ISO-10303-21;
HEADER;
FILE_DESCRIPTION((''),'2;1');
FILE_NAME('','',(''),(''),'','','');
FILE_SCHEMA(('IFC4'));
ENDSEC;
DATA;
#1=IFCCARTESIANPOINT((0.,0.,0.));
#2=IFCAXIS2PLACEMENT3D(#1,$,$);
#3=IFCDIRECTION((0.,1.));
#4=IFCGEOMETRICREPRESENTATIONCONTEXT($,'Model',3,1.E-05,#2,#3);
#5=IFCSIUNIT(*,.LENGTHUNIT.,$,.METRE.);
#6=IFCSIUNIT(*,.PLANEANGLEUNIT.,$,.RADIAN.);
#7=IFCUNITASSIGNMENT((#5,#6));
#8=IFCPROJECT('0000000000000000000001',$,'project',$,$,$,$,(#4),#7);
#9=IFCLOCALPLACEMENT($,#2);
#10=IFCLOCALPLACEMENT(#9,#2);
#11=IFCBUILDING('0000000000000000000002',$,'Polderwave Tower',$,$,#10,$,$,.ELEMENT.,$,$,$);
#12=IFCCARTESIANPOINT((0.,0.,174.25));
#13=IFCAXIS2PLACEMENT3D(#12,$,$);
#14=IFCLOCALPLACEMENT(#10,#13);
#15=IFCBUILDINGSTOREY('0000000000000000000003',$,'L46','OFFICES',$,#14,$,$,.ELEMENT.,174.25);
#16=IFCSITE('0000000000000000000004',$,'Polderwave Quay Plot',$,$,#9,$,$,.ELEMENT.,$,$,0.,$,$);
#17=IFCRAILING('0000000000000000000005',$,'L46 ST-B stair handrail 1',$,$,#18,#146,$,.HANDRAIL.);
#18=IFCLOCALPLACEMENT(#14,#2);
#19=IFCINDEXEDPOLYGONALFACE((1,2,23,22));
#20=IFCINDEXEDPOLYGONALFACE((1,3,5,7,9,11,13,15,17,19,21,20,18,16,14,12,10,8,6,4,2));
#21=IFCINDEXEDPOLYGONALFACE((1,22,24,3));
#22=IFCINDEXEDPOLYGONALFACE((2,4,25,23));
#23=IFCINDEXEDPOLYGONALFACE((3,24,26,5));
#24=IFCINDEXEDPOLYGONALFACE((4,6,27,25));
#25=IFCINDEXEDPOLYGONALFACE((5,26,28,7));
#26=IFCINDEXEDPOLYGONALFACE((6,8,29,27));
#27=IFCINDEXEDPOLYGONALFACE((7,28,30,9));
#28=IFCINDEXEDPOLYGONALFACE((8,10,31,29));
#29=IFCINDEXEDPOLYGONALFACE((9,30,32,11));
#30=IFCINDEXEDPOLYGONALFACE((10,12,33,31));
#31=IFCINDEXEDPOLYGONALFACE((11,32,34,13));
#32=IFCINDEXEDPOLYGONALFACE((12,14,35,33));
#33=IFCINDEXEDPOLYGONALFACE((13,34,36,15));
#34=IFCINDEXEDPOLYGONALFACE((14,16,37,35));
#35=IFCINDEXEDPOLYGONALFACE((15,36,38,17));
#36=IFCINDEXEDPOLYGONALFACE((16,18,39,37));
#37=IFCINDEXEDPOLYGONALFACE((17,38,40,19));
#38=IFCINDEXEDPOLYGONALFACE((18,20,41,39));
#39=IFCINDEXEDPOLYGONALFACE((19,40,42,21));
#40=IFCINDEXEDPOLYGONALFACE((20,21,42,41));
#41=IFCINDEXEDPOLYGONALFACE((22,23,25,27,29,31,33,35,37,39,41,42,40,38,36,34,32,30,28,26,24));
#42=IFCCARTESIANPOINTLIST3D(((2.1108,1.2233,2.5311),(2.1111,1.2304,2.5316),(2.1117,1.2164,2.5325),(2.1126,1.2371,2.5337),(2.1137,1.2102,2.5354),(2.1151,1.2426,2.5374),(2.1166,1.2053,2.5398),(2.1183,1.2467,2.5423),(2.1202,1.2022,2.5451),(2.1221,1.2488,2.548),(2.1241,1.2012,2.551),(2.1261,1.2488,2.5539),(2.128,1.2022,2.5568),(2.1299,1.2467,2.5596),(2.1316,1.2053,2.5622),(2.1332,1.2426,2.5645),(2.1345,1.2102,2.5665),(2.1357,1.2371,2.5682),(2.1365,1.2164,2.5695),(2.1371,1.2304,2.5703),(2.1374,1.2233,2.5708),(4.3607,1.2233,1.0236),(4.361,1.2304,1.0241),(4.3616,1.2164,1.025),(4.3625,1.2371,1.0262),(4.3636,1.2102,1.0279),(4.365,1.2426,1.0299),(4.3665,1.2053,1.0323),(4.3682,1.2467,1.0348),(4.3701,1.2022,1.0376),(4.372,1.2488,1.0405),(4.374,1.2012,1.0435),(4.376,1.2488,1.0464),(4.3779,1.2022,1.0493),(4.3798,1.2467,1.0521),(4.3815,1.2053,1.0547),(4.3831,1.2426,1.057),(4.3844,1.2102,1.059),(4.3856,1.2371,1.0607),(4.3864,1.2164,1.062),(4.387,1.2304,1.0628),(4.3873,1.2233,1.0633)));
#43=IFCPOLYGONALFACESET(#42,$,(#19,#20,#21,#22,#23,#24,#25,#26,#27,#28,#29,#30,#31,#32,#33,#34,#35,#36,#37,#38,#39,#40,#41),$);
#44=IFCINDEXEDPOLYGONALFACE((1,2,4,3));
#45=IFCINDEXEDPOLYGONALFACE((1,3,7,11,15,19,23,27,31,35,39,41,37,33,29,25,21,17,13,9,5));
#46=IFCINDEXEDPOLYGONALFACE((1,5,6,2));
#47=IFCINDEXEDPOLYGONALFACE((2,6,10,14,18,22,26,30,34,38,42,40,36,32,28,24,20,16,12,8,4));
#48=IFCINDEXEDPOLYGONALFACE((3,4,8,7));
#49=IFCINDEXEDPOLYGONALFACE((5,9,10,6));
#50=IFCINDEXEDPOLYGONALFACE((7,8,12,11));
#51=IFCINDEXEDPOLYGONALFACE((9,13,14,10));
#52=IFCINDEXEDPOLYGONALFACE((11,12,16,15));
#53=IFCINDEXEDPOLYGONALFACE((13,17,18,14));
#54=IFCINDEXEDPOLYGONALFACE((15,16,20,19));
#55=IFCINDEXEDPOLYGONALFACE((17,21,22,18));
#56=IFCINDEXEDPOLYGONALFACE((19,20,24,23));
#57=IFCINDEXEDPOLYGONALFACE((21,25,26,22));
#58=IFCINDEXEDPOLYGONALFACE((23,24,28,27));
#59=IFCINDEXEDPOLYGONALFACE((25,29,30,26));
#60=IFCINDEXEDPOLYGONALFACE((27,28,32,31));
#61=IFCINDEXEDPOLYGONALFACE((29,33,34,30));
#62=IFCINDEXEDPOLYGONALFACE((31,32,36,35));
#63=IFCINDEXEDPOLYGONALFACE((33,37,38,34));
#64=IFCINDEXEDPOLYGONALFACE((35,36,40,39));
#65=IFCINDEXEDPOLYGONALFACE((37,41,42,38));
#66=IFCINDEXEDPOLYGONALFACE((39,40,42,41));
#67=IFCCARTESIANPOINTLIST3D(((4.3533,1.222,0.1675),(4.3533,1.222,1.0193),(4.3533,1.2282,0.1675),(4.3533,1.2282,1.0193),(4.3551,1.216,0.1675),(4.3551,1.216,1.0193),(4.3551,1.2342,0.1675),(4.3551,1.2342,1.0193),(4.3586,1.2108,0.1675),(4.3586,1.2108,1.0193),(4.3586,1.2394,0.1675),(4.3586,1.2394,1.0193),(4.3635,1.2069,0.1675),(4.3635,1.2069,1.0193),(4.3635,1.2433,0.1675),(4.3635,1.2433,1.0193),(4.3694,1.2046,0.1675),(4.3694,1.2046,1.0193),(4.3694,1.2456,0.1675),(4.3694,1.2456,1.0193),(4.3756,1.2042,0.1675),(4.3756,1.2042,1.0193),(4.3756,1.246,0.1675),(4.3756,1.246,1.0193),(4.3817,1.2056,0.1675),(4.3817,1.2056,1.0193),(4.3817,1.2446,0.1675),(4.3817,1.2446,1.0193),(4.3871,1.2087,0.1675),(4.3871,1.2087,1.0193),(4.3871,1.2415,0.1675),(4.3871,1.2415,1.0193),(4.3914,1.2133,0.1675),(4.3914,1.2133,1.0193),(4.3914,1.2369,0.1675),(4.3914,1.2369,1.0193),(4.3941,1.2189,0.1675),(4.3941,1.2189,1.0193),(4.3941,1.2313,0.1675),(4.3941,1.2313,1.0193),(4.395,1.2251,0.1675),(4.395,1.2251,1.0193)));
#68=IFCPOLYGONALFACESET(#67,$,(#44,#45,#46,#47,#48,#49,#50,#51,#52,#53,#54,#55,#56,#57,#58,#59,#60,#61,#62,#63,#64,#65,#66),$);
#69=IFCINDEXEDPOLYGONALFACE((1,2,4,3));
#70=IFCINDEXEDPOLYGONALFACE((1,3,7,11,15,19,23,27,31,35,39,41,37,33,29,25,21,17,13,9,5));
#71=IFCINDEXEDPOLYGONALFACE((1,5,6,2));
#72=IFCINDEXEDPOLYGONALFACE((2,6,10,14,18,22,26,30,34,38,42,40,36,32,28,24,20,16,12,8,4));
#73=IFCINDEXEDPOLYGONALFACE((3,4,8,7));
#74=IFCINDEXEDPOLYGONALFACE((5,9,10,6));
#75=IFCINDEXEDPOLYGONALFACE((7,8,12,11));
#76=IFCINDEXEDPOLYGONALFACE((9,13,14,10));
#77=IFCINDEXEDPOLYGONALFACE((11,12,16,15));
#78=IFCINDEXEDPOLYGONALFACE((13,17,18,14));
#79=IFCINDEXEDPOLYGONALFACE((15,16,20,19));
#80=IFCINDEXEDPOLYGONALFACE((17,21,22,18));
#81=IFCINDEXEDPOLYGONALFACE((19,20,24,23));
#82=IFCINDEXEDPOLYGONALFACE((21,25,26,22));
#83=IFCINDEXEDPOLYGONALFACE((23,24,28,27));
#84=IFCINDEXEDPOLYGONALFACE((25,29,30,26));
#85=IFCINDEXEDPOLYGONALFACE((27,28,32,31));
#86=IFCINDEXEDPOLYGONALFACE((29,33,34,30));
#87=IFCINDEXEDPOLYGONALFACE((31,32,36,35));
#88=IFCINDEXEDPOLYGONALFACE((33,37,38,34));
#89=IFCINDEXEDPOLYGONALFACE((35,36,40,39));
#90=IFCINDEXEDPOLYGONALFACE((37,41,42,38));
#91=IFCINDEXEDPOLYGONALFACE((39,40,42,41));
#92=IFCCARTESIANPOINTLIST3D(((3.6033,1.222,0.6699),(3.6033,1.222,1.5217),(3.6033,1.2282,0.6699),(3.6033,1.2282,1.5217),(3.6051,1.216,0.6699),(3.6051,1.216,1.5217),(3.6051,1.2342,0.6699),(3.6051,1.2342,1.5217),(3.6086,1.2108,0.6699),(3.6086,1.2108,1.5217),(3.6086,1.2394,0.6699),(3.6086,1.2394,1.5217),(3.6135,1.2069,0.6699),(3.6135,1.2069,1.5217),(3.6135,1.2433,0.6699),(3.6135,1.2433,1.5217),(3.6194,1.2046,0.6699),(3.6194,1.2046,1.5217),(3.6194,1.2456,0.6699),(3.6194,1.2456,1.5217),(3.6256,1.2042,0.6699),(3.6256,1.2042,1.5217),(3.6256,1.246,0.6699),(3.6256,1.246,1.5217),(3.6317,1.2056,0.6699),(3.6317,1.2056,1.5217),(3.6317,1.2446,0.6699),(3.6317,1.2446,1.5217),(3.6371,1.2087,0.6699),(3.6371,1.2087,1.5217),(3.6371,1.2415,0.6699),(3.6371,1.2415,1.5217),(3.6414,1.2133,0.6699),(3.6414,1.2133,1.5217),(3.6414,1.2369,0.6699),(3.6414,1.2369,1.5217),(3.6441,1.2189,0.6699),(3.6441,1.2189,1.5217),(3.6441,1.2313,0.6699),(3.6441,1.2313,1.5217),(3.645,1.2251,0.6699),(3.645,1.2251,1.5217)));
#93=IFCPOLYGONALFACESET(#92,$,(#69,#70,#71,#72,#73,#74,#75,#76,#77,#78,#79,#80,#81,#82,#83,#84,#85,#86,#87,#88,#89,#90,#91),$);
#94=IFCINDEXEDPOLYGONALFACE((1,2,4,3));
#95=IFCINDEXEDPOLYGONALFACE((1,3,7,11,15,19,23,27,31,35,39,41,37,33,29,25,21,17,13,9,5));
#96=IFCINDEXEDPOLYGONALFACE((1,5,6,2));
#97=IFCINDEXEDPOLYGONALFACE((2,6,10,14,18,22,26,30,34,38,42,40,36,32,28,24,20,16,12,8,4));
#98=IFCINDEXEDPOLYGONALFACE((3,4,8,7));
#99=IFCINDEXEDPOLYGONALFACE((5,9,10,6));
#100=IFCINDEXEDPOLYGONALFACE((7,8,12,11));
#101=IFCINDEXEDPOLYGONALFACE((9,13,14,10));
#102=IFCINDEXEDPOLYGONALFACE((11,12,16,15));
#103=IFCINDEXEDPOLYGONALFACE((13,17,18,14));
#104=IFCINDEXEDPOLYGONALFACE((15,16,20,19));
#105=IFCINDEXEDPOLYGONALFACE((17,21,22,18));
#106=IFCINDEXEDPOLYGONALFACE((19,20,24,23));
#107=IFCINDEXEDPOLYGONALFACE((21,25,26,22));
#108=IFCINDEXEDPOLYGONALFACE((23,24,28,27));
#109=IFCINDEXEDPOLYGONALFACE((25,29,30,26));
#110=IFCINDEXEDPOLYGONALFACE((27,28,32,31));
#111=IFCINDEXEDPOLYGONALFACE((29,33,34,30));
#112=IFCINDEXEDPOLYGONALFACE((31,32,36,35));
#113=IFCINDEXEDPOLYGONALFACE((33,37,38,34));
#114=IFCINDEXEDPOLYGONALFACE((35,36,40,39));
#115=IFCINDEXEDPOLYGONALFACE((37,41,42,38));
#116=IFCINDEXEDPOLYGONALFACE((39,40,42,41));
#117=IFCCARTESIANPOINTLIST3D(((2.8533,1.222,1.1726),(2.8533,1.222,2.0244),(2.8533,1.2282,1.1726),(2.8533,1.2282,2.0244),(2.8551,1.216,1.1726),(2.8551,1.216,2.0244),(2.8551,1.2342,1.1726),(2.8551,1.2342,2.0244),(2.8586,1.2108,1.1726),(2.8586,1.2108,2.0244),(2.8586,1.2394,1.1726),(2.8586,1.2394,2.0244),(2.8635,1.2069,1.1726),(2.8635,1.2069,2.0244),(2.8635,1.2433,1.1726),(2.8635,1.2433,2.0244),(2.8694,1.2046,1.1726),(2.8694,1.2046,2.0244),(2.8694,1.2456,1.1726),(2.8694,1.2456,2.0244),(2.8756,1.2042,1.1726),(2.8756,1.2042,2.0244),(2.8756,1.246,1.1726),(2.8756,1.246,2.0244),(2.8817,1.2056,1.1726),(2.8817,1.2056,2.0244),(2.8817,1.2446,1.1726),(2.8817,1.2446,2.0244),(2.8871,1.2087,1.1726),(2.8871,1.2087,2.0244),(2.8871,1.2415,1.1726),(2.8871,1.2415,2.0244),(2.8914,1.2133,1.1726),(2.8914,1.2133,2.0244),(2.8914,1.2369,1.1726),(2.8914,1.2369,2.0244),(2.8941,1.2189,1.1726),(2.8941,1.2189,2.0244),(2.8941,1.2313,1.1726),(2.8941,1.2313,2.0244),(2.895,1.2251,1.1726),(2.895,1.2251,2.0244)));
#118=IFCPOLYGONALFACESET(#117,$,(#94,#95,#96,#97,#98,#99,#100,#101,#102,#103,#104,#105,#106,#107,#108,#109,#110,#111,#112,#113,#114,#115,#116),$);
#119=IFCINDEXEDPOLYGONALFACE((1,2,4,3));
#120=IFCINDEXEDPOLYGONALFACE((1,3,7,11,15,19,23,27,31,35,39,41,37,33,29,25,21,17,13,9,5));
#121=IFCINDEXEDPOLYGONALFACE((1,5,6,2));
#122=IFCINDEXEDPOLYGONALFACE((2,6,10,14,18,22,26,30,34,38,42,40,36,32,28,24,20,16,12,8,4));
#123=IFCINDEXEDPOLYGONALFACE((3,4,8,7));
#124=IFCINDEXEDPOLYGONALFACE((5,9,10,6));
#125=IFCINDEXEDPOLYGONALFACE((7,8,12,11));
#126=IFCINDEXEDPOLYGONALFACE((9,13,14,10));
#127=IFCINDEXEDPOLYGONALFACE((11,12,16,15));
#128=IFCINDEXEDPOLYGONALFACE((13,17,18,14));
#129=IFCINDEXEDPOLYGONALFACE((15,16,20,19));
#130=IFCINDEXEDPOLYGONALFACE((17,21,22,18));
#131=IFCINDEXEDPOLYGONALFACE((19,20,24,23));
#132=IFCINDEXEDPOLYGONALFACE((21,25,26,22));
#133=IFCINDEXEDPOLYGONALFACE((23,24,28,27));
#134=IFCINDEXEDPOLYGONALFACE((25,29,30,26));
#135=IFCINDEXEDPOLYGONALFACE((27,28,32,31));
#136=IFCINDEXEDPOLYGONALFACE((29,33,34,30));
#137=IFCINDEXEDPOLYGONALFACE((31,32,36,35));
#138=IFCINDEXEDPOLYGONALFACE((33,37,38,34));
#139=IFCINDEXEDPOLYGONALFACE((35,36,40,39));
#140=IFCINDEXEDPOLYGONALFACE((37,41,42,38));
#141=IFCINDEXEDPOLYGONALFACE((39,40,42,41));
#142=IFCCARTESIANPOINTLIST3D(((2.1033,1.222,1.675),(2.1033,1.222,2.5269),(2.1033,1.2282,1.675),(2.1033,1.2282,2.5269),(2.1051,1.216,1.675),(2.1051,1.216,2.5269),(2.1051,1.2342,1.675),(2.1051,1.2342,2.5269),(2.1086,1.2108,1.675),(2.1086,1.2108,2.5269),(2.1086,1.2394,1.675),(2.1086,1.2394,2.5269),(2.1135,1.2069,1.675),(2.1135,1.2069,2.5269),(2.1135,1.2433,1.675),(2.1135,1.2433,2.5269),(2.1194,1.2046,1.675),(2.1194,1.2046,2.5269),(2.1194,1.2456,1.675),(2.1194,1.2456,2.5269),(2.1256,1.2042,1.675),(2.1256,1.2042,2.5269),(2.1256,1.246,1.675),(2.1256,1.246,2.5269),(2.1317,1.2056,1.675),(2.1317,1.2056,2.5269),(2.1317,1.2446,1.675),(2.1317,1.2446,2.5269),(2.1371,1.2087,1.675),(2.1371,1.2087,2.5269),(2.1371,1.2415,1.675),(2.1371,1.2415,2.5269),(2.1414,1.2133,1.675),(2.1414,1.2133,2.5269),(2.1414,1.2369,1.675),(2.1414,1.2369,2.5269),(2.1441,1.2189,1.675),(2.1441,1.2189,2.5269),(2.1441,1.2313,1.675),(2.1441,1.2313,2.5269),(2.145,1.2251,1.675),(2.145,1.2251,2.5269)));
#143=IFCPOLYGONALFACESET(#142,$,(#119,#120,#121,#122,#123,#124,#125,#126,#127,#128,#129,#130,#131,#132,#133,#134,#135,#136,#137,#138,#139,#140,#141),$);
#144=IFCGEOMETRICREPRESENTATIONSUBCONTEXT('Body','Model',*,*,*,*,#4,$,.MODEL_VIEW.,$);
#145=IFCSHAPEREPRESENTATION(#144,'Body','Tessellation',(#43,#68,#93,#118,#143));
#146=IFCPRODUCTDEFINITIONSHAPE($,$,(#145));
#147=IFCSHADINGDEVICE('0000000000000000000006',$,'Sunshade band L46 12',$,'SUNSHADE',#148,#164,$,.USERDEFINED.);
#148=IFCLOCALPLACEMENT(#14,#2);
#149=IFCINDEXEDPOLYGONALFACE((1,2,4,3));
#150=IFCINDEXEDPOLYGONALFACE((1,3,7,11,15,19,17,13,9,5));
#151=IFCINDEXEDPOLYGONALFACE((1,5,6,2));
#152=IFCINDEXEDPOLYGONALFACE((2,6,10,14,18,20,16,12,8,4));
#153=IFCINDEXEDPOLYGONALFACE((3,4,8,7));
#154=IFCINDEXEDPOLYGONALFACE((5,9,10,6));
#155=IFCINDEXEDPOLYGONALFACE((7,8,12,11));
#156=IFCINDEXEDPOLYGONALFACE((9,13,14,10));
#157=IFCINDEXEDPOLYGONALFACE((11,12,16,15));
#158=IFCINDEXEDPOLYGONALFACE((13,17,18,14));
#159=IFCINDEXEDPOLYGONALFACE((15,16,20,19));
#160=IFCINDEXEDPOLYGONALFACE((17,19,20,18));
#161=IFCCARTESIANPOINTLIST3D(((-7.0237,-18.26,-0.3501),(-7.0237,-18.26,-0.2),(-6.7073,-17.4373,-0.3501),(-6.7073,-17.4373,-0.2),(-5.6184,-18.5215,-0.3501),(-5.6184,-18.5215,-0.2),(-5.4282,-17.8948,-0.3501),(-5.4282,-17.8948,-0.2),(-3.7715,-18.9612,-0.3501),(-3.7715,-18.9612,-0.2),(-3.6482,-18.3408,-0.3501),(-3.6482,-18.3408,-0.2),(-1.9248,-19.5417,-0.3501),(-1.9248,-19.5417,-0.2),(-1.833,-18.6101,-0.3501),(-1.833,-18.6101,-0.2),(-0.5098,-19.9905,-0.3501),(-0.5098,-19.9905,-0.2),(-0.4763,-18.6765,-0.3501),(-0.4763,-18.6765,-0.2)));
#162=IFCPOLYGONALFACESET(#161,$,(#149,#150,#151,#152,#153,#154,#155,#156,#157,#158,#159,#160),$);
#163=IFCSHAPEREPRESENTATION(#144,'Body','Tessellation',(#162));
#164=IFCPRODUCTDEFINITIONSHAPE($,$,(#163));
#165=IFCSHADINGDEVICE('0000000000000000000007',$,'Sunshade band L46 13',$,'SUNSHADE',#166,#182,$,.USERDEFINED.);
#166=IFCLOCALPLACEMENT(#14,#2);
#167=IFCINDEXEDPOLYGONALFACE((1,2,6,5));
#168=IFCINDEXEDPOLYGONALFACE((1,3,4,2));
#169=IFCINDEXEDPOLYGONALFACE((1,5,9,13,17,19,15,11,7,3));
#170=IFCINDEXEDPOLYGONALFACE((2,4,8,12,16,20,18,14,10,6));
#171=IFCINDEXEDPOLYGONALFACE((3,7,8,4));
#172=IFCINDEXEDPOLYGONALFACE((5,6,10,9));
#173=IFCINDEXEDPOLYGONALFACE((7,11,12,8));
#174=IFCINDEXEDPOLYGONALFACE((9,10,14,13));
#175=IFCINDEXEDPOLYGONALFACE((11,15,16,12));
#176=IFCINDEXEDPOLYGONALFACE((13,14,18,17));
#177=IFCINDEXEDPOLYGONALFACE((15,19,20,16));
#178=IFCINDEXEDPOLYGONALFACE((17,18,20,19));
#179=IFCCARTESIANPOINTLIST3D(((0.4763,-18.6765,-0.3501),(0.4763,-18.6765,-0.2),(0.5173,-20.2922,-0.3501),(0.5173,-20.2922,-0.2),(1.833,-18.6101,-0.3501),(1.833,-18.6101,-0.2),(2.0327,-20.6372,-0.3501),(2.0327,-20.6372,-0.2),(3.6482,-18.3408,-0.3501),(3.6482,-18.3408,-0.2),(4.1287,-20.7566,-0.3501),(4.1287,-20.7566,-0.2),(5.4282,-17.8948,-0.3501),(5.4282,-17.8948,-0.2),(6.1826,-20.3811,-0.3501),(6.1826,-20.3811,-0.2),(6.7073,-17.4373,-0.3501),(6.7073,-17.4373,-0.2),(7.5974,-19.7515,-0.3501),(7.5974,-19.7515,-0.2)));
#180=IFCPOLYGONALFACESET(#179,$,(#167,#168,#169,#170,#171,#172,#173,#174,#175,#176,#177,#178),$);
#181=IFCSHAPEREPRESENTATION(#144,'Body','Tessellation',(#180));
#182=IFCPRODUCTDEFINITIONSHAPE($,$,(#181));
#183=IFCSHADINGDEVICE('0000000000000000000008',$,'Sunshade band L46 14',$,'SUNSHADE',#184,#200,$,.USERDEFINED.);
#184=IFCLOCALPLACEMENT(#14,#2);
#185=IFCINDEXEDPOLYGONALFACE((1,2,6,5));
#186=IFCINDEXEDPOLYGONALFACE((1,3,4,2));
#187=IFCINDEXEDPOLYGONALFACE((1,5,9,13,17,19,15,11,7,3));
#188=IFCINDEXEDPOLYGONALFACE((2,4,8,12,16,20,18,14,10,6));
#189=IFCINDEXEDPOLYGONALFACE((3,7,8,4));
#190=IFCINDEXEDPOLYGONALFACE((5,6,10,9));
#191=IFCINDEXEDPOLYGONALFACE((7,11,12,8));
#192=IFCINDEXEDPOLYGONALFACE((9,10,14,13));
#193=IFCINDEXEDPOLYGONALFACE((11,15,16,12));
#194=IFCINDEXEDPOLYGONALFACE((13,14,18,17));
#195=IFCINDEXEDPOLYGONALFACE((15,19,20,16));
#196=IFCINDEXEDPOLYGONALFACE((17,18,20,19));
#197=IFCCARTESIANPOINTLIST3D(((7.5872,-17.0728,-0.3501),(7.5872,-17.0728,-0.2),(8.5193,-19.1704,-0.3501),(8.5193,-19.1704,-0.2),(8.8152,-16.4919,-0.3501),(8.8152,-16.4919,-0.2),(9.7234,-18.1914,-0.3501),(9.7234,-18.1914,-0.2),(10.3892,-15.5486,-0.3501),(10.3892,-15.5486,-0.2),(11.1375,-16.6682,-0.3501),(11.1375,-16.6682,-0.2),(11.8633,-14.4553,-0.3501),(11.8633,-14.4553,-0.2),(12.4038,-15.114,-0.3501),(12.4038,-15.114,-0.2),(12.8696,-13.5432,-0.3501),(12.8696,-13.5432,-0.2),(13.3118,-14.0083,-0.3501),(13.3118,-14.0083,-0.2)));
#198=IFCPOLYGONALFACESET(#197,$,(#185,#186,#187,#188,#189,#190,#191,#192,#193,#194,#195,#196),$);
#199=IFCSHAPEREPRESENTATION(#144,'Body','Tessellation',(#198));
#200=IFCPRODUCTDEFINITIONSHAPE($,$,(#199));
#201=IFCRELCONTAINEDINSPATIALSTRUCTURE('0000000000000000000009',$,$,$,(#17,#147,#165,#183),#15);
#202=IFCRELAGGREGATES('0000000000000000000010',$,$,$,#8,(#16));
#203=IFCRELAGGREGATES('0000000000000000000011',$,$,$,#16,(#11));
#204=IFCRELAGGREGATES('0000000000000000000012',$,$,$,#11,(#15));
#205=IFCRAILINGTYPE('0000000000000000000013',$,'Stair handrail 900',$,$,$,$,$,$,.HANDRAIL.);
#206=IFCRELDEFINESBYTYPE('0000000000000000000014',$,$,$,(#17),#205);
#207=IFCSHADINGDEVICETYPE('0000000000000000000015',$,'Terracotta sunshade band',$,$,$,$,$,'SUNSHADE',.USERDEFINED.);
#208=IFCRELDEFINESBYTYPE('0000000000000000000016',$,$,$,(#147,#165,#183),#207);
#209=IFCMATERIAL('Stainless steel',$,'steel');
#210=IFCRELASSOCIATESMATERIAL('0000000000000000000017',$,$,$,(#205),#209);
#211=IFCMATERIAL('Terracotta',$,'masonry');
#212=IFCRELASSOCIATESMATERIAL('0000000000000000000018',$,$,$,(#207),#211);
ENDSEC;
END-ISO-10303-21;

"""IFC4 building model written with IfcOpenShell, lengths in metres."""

from ifc_helpers import new_model, si_unit, direction, frame, origin, origin_2d, place, context, subcontext, project, spatial, polyline, circle, outline, extrude, material, type_object, element, save


model = new_model("IFC4")

# Units and contexts
model_context = context("Model", 3, precision=1e-05, world=origin(), true_north=direction((0.0, 1.0)))
body_context = subcontext(model_context, "Body", "Model", "MODEL_VIEW")
ifc_project = project(units=[si_unit("LENGTHUNIT", "METRE"), si_unit("PLANEANGLEUNIT", "RADIAN")], contexts=[model_context])

# Site, building, storey
site_placement = place(None, origin())
site = spatial("IfcSite", under=ifc_project, at=site_placement, Name="Polderwave Quay Plot", CompositionType="ELEMENT", RefElevation=0.0)
building_placement = place(site_placement, origin())
building = spatial("IfcBuilding", under=site, at=building_placement, Name="Polderwave Tower", CompositionType="ELEMENT")
storey_placement = place(building_placement, frame((0.0, 0.0, 174.25)))
storey = spatial("IfcBuildingStorey", under=building, at=storey_placement, Name="L46", Description="OFFICES", CompositionType="ELEMENT", Elevation=174.25)

# Railing
ifc_material_1 = material(Name="Stainless steel", Category="steel")
railing_type_1 = type_object("IfcRailingType", Name="Stair handrail 900", PredefinedType="HANDRAIL", material=ifc_material_1)
railing_1_placement = place(storey_placement, frame((4.374, 1.2251, 0.1675)))
element("IfcRailing", 1, at=railing_1_placement, inside=storey, type_object=railing_type_1, Name="L46 ST-B stair handrail 1", PredefinedType="HANDRAIL", context=body_context, shape_type="SweptSolid", body=[
    extrude(circle(Radius=0.0239, at=origin_2d()), frame((0.0, 0.0, 0.876), z_axis=(-0.830758, 0.0, 0.556633), x_axis=(0.0, -1.0, 0.0)), (0.0, 0.0, 1.0), 2.7083),
    extrude(circle(Radius=0.021, at=origin_2d()), origin(), (0.0, 0.0, 1.0), 0.8518),
    extrude(circle(Radius=0.021, at=origin_2d()), frame((-0.75, 0.0, 0.5024)), (0.0, 0.0, 1.0), 0.8518),
    extrude(circle(Radius=0.021, at=origin_2d()), frame((-1.5, 0.0, 1.0051)), (0.0, 0.0, 1.0), 0.8518),
    extrude(circle(Radius=0.021, at=origin_2d()), frame((-2.25, 0.0, 1.5076)), (0.0, 0.0, 1.0), 0.8518),
])

# Shading devices
ifc_material_2 = material(Name="Terracotta", Category="masonry")
shading_device_type = type_object("IfcShadingDeviceType", Name="Terracotta sunshade band", ElementType="SUNSHADE", PredefinedType="USERDEFINED", material=ifc_material_2)
shading_device_1_placement = place(storey_placement, frame((0.0, 0.0, -0.3501)))
element("IfcShadingDevice", 2, at=shading_device_1_placement, inside=storey, type_object=shading_device_type, Name="Sunshade band L46 12", ObjectType="SUNSHADE", PredefinedType="USERDEFINED", context=body_context, shape_type="SweptSolid", body=[
    extrude(outline(polyline([(-6.7073, -17.4373), (-5.4282, -17.8948), (-3.6482, -18.3408), (-1.833, -18.6101), (-0.4763, -18.6765), (-0.5098, -19.9905), (-1.9248, -19.5417), (-3.7715, -18.9612), (-5.6184, -18.5215), (-7.0237, -18.26), (-6.7073, -17.4373)])), origin(), (0.0, 0.0, 1.0), 0.1501),
])
shading_device_2_placement = place(storey_placement, frame((0.0, 0.0, -0.3501)))
element("IfcShadingDevice", 3, at=shading_device_2_placement, inside=storey, type_object=shading_device_type, Name="Sunshade band L46 13", ObjectType="SUNSHADE", PredefinedType="USERDEFINED", context=body_context, shape_type="SweptSolid", body=[
    extrude(outline(polyline([(0.4763, -18.6765), (1.833, -18.6101), (3.6482, -18.3408), (5.4282, -17.8948), (6.7073, -17.4373), (7.5974, -19.7515), (6.1826, -20.3811), (4.1287, -20.7566), (2.0327, -20.6372), (0.5173, -20.2922), (0.4763, -18.6765)])), origin(), (0.0, 0.0, 1.0), 0.1501),
])
shading_device_3_placement = place(storey_placement, frame((0.0, 0.0, -0.3501)))
element("IfcShadingDevice", 4, at=shading_device_3_placement, inside=storey, type_object=shading_device_type, Name="Sunshade band L46 14", ObjectType="SUNSHADE", PredefinedType="USERDEFINED", context=body_context, shape_type="SweptSolid", body=[
    extrude(outline(polyline([(7.5872, -17.0728), (8.8152, -16.4919), (10.3892, -15.5486), (11.8633, -14.4553), (12.8696, -13.5432), (13.3118, -14.0083), (12.4038, -15.114), (11.1375, -16.6682), (9.7234, -18.1914), (8.5193, -19.1704), (7.5872, -17.0728)])), origin(), (0.0, 0.0, 1.0), 0.1501),
])

save(model, "model.ifc")
